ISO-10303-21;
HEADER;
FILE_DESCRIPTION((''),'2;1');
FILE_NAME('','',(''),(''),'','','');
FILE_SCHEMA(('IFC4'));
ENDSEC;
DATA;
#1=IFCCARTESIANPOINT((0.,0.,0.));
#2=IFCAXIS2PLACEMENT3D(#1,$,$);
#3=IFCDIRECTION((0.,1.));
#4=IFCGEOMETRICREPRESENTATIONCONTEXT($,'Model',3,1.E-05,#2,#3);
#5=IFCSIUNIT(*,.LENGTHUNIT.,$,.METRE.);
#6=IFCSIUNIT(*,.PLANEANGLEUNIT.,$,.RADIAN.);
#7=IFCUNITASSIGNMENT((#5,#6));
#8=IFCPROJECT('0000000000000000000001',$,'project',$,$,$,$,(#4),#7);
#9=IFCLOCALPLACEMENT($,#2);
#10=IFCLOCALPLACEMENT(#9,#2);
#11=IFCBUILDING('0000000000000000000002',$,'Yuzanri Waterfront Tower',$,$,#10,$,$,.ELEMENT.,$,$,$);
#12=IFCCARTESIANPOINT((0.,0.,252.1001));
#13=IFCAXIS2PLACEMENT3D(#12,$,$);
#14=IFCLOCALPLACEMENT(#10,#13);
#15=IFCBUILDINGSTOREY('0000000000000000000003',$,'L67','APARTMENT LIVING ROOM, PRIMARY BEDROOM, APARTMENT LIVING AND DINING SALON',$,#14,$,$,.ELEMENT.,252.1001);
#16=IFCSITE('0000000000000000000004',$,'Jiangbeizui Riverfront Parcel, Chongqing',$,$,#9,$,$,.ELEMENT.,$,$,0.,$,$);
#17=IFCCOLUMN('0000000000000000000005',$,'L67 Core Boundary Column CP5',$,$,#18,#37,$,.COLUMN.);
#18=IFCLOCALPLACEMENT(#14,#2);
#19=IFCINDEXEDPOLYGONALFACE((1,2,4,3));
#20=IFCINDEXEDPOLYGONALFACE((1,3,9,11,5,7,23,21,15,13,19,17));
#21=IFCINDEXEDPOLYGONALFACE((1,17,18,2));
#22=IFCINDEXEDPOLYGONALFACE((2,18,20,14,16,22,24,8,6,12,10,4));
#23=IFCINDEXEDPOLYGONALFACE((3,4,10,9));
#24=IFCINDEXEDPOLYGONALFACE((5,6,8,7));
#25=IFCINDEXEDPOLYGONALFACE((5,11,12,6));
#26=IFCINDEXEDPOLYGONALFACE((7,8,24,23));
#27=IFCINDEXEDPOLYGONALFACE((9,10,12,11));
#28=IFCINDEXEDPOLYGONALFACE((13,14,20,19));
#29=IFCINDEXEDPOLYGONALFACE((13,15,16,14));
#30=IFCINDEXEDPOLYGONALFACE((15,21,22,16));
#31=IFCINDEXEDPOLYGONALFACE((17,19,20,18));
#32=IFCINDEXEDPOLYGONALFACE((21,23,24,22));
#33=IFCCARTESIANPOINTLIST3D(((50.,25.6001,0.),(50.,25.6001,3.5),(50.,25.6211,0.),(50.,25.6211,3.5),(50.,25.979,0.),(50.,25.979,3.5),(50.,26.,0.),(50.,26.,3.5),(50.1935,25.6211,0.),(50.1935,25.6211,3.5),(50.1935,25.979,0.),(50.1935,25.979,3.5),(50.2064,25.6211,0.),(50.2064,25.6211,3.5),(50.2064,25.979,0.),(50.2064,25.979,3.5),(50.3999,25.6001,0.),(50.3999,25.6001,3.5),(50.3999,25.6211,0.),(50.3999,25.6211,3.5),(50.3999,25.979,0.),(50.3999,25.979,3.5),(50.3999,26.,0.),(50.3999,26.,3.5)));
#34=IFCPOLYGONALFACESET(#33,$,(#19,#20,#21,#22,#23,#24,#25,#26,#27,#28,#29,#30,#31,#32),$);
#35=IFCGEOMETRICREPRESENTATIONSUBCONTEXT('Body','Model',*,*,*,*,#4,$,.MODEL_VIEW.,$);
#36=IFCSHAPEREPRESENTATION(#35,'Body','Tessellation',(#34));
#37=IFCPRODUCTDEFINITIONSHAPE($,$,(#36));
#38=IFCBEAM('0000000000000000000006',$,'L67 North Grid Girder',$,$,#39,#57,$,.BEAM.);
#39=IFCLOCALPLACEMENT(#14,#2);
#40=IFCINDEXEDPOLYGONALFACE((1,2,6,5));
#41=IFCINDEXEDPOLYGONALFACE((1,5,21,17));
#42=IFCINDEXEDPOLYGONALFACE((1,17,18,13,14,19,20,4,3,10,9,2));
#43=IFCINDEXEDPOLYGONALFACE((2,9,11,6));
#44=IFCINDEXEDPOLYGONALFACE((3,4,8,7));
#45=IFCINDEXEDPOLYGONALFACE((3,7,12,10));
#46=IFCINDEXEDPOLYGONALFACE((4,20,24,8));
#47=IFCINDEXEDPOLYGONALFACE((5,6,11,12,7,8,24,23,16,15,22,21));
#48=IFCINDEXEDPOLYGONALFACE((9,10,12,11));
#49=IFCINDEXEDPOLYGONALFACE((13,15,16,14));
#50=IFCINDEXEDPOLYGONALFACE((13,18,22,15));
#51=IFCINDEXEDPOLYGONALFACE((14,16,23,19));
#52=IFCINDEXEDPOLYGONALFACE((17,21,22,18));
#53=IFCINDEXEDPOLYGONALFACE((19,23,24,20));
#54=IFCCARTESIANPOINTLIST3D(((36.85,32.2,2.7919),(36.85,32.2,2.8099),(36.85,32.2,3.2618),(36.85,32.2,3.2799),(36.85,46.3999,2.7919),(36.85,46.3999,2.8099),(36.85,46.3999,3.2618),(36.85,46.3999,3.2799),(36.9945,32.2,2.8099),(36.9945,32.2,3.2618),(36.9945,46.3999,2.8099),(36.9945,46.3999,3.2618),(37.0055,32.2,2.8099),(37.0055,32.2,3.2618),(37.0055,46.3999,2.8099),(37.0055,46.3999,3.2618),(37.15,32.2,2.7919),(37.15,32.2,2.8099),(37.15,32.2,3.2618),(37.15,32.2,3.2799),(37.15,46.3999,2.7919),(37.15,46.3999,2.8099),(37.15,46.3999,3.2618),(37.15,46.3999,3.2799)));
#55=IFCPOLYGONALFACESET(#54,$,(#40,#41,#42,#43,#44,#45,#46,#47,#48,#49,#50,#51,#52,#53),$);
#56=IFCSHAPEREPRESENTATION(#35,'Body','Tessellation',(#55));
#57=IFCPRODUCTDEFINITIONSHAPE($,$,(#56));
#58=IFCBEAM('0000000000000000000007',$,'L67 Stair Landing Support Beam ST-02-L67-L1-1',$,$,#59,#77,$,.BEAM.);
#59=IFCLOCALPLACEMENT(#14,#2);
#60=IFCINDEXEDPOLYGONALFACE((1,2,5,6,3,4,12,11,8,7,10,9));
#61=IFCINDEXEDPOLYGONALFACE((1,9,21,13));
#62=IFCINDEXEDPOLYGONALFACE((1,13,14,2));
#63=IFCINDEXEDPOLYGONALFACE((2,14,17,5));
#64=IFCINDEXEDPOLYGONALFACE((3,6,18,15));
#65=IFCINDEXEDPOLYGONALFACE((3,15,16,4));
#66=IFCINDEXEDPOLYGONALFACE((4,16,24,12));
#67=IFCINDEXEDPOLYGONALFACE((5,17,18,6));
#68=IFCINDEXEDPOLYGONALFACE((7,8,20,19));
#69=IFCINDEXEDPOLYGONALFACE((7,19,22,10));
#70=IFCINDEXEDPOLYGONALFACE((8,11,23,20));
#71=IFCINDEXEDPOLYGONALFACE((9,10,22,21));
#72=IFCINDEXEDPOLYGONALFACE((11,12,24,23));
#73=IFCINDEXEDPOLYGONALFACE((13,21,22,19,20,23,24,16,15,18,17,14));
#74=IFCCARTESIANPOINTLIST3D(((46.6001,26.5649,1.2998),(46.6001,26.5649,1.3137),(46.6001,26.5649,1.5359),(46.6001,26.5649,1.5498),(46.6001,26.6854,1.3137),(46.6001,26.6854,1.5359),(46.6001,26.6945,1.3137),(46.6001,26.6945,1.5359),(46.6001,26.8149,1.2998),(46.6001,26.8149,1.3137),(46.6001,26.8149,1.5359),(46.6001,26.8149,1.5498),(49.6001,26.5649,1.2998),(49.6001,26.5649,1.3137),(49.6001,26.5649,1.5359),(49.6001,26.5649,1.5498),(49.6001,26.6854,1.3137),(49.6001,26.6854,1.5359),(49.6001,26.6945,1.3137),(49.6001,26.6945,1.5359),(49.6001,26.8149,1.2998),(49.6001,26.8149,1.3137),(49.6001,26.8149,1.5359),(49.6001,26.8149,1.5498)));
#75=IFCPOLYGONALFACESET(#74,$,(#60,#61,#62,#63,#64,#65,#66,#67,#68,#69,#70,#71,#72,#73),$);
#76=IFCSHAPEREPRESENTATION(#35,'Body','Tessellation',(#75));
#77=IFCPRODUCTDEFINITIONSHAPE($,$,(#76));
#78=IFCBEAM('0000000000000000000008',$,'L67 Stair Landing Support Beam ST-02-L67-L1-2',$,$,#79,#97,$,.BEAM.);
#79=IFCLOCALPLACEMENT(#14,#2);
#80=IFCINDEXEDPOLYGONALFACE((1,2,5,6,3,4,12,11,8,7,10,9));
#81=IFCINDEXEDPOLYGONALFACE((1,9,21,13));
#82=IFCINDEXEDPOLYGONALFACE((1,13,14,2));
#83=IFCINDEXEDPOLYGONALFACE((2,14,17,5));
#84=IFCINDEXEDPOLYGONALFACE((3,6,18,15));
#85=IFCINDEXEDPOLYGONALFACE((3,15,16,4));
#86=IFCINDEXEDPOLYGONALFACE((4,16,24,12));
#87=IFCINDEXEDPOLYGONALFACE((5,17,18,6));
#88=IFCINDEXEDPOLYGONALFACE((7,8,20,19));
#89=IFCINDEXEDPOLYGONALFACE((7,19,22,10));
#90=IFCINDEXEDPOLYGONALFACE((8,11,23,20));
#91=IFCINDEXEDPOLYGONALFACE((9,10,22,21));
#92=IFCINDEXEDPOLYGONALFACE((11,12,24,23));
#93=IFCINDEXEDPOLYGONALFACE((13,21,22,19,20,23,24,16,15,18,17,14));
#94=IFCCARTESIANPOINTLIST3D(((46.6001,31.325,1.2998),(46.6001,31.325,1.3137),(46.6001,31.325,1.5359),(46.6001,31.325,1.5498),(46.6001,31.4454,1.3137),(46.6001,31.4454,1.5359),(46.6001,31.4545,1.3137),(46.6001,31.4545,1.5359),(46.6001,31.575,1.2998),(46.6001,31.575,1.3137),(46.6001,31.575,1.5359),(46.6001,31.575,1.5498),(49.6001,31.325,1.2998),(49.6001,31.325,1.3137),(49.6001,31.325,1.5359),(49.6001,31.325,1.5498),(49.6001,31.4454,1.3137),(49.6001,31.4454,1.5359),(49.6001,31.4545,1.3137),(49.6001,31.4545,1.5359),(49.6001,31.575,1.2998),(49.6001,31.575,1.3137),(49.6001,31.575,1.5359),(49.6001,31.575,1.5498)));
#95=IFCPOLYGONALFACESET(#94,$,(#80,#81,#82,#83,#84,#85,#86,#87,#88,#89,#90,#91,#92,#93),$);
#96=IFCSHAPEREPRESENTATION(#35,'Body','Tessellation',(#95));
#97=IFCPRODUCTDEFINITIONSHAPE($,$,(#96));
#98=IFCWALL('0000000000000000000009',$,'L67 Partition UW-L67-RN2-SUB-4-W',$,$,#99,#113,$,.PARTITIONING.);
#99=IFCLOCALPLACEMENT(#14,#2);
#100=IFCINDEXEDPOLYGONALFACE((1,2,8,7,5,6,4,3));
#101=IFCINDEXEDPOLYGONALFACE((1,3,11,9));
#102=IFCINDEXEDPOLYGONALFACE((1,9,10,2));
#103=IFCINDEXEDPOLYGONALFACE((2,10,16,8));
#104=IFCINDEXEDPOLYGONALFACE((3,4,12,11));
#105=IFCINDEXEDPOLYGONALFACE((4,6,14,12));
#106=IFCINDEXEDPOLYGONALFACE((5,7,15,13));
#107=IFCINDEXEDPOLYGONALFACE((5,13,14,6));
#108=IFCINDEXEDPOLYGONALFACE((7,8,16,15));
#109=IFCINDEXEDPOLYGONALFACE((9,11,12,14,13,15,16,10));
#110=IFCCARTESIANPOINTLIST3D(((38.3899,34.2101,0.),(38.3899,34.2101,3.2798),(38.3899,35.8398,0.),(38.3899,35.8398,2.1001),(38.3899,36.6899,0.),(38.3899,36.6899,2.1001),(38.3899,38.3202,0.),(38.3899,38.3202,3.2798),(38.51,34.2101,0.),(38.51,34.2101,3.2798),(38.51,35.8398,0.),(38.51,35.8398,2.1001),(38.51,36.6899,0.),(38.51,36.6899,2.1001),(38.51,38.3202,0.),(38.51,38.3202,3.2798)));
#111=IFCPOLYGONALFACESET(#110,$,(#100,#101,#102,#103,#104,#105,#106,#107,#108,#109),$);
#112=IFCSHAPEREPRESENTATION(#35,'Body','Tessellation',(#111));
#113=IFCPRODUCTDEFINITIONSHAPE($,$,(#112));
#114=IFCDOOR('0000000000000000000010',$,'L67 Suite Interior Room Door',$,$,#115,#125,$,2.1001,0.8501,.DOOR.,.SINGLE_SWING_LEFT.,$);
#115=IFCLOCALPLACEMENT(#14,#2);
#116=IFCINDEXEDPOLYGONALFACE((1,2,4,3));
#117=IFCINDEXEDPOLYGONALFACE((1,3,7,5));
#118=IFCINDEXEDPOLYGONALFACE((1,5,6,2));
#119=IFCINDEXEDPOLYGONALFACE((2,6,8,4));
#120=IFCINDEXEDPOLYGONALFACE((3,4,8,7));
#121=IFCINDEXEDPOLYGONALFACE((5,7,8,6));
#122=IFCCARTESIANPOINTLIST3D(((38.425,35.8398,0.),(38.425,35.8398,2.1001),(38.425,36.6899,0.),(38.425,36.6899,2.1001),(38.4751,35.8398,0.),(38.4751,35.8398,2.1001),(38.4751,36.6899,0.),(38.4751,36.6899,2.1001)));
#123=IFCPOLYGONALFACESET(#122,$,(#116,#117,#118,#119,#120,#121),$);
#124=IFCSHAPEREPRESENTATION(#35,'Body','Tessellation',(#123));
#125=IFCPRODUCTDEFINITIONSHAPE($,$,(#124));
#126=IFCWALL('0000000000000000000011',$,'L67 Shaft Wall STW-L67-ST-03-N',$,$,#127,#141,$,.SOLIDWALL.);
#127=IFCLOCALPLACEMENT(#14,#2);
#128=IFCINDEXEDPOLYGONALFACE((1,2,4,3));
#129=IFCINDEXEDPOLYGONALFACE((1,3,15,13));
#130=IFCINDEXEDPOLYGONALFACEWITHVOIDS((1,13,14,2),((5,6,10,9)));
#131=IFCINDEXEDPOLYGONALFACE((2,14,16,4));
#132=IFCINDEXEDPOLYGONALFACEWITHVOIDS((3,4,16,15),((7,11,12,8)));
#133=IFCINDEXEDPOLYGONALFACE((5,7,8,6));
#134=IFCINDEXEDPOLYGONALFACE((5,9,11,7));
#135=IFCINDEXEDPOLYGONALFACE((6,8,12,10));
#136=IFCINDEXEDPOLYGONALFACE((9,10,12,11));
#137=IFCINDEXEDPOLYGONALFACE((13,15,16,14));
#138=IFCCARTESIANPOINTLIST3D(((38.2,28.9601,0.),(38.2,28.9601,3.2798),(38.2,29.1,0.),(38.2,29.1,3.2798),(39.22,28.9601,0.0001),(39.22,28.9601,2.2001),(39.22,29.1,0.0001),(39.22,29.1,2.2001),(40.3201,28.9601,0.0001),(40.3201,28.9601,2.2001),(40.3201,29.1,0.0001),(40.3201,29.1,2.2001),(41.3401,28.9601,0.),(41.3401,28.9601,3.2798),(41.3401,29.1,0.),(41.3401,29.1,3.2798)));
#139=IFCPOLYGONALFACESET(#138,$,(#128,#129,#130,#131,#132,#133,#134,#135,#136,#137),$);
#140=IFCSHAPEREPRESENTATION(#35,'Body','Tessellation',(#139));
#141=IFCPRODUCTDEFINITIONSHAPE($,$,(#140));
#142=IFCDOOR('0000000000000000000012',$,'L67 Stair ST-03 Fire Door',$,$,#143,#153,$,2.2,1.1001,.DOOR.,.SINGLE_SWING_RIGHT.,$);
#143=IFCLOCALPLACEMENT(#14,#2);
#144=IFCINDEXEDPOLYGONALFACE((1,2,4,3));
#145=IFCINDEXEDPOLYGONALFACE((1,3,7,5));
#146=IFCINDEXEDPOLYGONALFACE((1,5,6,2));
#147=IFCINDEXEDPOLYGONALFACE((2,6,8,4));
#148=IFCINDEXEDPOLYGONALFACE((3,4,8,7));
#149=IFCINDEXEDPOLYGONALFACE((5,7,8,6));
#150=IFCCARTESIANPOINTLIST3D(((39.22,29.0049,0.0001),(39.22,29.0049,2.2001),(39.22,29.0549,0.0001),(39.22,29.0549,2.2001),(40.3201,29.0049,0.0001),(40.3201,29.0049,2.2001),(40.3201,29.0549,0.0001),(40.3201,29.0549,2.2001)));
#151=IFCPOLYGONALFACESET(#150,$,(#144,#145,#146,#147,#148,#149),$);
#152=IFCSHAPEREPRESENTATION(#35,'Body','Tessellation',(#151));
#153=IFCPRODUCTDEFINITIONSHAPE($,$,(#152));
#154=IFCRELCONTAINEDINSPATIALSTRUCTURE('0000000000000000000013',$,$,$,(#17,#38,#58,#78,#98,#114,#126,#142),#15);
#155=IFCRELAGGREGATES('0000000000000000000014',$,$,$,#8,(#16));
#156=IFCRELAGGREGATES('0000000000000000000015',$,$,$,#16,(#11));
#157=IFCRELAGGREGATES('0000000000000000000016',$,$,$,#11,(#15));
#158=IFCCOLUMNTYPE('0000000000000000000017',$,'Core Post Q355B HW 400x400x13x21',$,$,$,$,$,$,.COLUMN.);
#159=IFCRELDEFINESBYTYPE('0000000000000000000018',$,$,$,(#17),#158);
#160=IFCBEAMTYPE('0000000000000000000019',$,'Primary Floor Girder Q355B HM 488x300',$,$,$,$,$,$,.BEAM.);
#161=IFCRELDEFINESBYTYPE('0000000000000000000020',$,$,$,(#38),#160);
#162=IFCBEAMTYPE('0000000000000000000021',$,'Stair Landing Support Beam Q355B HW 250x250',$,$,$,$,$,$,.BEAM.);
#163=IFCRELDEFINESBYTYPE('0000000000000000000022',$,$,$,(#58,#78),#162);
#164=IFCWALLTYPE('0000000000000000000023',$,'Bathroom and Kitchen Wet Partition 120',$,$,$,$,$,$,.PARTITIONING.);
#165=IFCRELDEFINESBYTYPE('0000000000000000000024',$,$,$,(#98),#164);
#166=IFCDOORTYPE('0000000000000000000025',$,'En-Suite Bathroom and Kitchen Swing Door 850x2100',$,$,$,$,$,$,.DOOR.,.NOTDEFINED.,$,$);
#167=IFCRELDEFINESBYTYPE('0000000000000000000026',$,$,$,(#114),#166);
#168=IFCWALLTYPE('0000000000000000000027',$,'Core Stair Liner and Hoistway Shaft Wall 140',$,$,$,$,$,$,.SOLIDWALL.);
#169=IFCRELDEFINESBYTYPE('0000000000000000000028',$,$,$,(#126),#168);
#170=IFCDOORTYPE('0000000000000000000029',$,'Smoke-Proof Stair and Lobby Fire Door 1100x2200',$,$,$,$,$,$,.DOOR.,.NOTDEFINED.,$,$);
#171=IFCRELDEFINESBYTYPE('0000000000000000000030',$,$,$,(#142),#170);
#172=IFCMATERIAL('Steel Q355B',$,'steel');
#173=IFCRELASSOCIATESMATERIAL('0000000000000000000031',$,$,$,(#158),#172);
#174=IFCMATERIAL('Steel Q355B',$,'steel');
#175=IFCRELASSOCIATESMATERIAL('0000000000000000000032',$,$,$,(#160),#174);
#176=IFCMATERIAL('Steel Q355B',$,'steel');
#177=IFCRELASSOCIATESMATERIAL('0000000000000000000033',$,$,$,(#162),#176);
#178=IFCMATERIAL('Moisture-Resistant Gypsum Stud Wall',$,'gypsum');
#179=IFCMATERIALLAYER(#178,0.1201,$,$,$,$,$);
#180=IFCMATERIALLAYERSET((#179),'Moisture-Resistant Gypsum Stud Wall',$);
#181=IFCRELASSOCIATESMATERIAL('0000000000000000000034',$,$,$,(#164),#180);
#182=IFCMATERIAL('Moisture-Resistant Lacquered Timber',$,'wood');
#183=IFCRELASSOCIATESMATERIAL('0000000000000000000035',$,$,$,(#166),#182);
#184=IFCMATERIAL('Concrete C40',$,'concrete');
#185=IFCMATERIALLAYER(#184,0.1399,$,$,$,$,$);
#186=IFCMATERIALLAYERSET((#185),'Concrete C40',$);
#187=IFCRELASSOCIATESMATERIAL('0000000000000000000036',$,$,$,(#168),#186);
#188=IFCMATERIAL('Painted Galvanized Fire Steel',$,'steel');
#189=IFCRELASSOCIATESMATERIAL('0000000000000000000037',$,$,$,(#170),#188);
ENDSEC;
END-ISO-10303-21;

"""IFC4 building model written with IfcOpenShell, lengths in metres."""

from ifc_helpers import new_model, si_unit, direction, frame, frame_2d, origin, origin_2d, place, context, subcontext, project, spatial, rectangle, i_section, extrude, source, transform, mapped, material, layer, layer_set, material_profile, profile_set, type_object, element, fill, save


model = new_model("IFC4")

# Units and contexts
model_context = context("Model", 3, precision=1e-05, world=origin(), true_north=direction((0.0, 1.0)))
body_context = subcontext(model_context, "Body", "Model", "MODEL_VIEW")
ifc_project = project(units=[si_unit("LENGTHUNIT", "METRE"), si_unit("PLANEANGLEUNIT", "RADIAN")], contexts=[model_context])

# Site, building, storey
site_placement = place(None, origin())
site = spatial("IfcSite", under=ifc_project, at=site_placement, Name="Jiangbeizui Riverfront Parcel, Chongqing", CompositionType="ELEMENT", RefElevation=0.0)
building_placement = place(site_placement, origin())
building = spatial("IfcBuilding", under=site, at=building_placement, Name="Yuzanri Waterfront Tower", CompositionType="ELEMENT")
storey_placement = place(building_placement, frame((0.0, 0.0, 252.1001)))
storey = spatial("IfcBuildingStorey", under=building, at=storey_placement, Name="L67", Description="APARTMENT LIVING ROOM, PRIMARY BEDROOM, APARTMENT LIVING AND DINING SALON", CompositionType="ELEMENT", Elevation=252.1001)

# Column
ifc_material_1 = material(Name="Steel Q355B", Category="steel")
ifc_material_profile_1 = material_profile(ifc_material_1, i_section(OverallWidth=0.3999, OverallDepth=0.3999, WebThickness=0.0129, FlangeThickness=0.021, at=origin_2d()), Name="HW 400x400x13x21")
ifc_profile_set_1 = profile_set([ifc_material_profile_1], Name="Steel Q355B")
column_type = type_object("IfcColumnType", Name="Core Post Q355B HW 400x400x13x21", PredefinedType="COLUMN", material=ifc_profile_set_1)
shared_shape_1 = source(origin(), body_context, "Body", "SweptSolid", [
    extrude(i_section(OverallWidth=0.3999, OverallDepth=0.3999, WebThickness=0.0129, FlangeThickness=0.021, at=origin_2d()), origin(), (0.0, 0.0, 1.0), 3.5),
])
column_placement = place(storey_placement, frame((50.2, 25.8, 0.0), z_axis=(0.0, 0.0, 1.0), x_axis=(1.0, 0.0, 0.0)))
element("IfcColumn", 1, at=column_placement, inside=storey, type_object=column_type, Name="L67 Core Boundary Column CP5", PredefinedType="COLUMN", context=body_context, shape_type="MappedRepresentation", body=[
    mapped(shared_shape_1, transform((0.0, 0.0, 0.0), scale=1.0)),
])

# Beams
ifc_material_2 = material(Name="Steel Q355B", Category="steel")
ifc_material_profile_2 = material_profile(ifc_material_2, i_section(OverallWidth=0.3, OverallDepth=0.488, WebThickness=0.011, FlangeThickness=0.0181, at=origin_2d()), Name="HM 488x300x11x18")
ifc_profile_set_2 = profile_set([ifc_material_profile_2], Name="Steel Q355B")
beam_type_1 = type_object("IfcBeamType", Name="Primary Floor Girder Q355B HM 488x300", PredefinedType="BEAM", material=ifc_profile_set_2)
shared_shape_2 = source(origin(), body_context, "Body", "SweptSolid", [
    extrude(i_section(OverallWidth=0.3, OverallDepth=0.488, WebThickness=0.011, FlangeThickness=0.0181, at=origin_2d()), origin(), (0.0, 0.0, 1.0), 14.2),
])
beam_placement = place(storey_placement, frame((37.0, 32.2, 3.0359), z_axis=(0.0, 1.0, 0.0), x_axis=(-1.0, 0.0, 0.0)))
element("IfcBeam", 2, at=beam_placement, inside=storey, type_object=beam_type_1, Name="L67 North Grid Girder", PredefinedType="BEAM", context=body_context, shape_type="MappedRepresentation", body=[
    mapped(shared_shape_2, transform((0.0, 0.0, 0.0), scale=1.0)),
])
ifc_material_3 = material(Name="Steel Q355B", Category="steel")
ifc_material_profile_3 = material_profile(ifc_material_3, i_section(OverallWidth=0.25, OverallDepth=0.25, WebThickness=0.009, FlangeThickness=0.0139, at=origin_2d()), Name="HW 250x250x9x14")
ifc_profile_set_3 = profile_set([ifc_material_profile_3], Name="Steel Q355B")
beam_type_2 = type_object("IfcBeamType", Name="Stair Landing Support Beam Q355B HW 250x250", PredefinedType="BEAM", material=ifc_profile_set_3)
shared_shape_3 = source(origin(), body_context, "Body", "SweptSolid", [
    extrude(i_section(OverallWidth=0.25, OverallDepth=0.25, WebThickness=0.009, FlangeThickness=0.0139, at=origin_2d()), origin(), (0.0, 0.0, 1.0), 3.0),
])
for number, where, z_axis, x_axis, name in (
    (3, (46.6001, 26.6899, 1.4248), (1.0, 0.0, 0.0), (0.0, 1.0, 0.0), "L67 Stair Landing Support Beam ST-02-L67-L1-1"),
    (4, (46.6001, 31.45, 1.4248), (1.0, 0.0, 0.0), (0.0, 1.0, 0.0), "L67 Stair Landing Support Beam ST-02-L67-L1-2"),
):
    element("IfcBeam", number, at=place(storey_placement, frame(where, z_axis=z_axis, x_axis=x_axis)), inside=storey, type_object=beam_type_2, Name=name, PredefinedType="BEAM", context=body_context, shape_type="MappedRepresentation", body=[
        mapped(shared_shape_3, transform((0.0, 0.0, 0.0), scale=1.0)),
    ])

# Walls, openings, doors
ifc_material_4 = material(Name="Moisture-Resistant Gypsum Stud Wall", Category="gypsum")
ifc_layer_1 = layer(ifc_material_4, 0.1201)
ifc_layer_set_1 = layer_set([ifc_layer_1], Name="Moisture-Resistant Gypsum Stud Wall")
wall_type_1 = type_object("IfcWallType", Name="Bathroom and Kitchen Wet Partition 120", PredefinedType="PARTITIONING", material=ifc_layer_set_1)
wall_1_placement = place(storey_placement, frame((38.45, 34.21, 0.0), z_axis=(0.0, 0.0, 1.0), x_axis=(0.0, 1.0, 0.0)))
wall_1 = element("IfcWall", 5, at=wall_1_placement, inside=storey, type_object=wall_type_1, Name="L67 Partition UW-L67-RN2-SUB-4-W", PredefinedType="PARTITIONING", context=body_context, shape_type="SweptSolid", body=[
    extrude(rectangle(XDim=4.1101, YDim=0.1201, at=frame_2d((2.0552, 0.0))), origin(), (0.0, 0.0, 1.0), 3.2798),
])
opening_1_placement = place(wall_1_placement, frame((1.6299, 0.0, 0.0)))
opening_1 = element("IfcOpeningElement", 6, at=opening_1_placement, cuts=wall_1, PredefinedType="OPENING", context=body_context, shape_type="SweptSolid", body=[
    extrude(rectangle(XDim=0.8501, YDim=2.1001, at=frame_2d((0.425, 1.05))), frame((0.0, 0.075, 0.0), z_axis=(0.0, -1.0, 0.0), x_axis=(1.0, 0.0, 0.0)), (0.0, 0.0, 1.0), 0.1499),
])
ifc_material_5 = material(Name="Moisture-Resistant Lacquered Timber", Category="wood")
door_type_1 = type_object("IfcDoorType", Name="En-Suite Bathroom and Kitchen Swing Door 850x2100", OperationType="NOTDEFINED", PredefinedType="DOOR", material=ifc_material_5)
shared_shape_4 = source(origin(), body_context, "Body", "SweptSolid", [
    extrude(rectangle(XDim=0.8501, YDim=2.1001, at=frame_2d((0.425, 1.05))), frame((0.0, 0.0249, 0.0), z_axis=(0.0, -1.0, 0.0), x_axis=(1.0, 0.0, 0.0)), (0.0, 0.0, 1.0), 0.05),
])
door_1_placement = place(opening_1_placement, origin())
door_1 = element("IfcDoor", 7, at=door_1_placement, inside=storey, type_object=door_type_1, Name="L67 Suite Interior Room Door", OperationType="SINGLE_SWING_LEFT", OverallHeight=2.1001, OverallWidth=0.8501, PredefinedType="DOOR", context=body_context, shape_type="MappedRepresentation", body=[
    mapped(shared_shape_4, transform((0.0, 0.0, 0.0), scale=1.0)),
])
fill(opening_1, door_1)
ifc_material_6 = material(Name="Concrete C40", Category="concrete")
ifc_layer_2 = layer(ifc_material_6, 0.1399)
ifc_layer_set_2 = layer_set([ifc_layer_2], Name="Concrete C40")
wall_type_2 = type_object("IfcWallType", Name="Core Stair Liner and Hoistway Shaft Wall 140", PredefinedType="SOLIDWALL", material=ifc_layer_set_2)
wall_2_placement = place(storey_placement, frame((38.2, 29.03, 0.0), z_axis=(0.0, 0.0, 1.0), x_axis=(1.0, 0.0, 0.0)))
wall_2 = element("IfcWall", 8, at=wall_2_placement, inside=storey, type_object=wall_type_2, Name="L67 Shaft Wall STW-L67-ST-03-N", PredefinedType="SOLIDWALL", context=body_context, shape_type="SweptSolid", body=[
    extrude(rectangle(XDim=3.1401, YDim=0.1399, at=frame_2d((1.5701, 0.0))), origin(), (0.0, 0.0, 1.0), 3.2798),
])
opening_2_placement = place(wall_2_placement, frame((1.02, 0.0, 0.0)))
opening_2 = element("IfcOpeningElement", 9, at=opening_2_placement, cuts=wall_2, PredefinedType="OPENING", context=body_context, shape_type="SweptSolid", body=[
    extrude(rectangle(XDim=1.1001, YDim=2.2, at=frame_2d((0.55, 1.1001))), frame((0.0, 0.085, 0.0), z_axis=(0.0, -1.0, 0.0), x_axis=(1.0, 0.0, 0.0)), (0.0, 0.0, 1.0), 0.1697),
])
ifc_material_7 = material(Name="Painted Galvanized Fire Steel", Category="steel")
door_type_2 = type_object("IfcDoorType", Name="Smoke-Proof Stair and Lobby Fire Door 1100x2200", OperationType="NOTDEFINED", PredefinedType="DOOR", material=ifc_material_7)
shared_shape_5 = source(origin(), body_context, "Body", "SweptSolid", [
    extrude(rectangle(XDim=1.1001, YDim=2.2, at=frame_2d((0.55, 1.1001))), frame((0.0, 0.0249, 0.0), z_axis=(0.0, -1.0, 0.0), x_axis=(1.0, 0.0, 0.0)), (0.0, 0.0, 1.0), 0.05),
])
door_2_placement = place(opening_2_placement, origin())
door_2 = element("IfcDoor", 10, at=door_2_placement, inside=storey, type_object=door_type_2, Name="L67 Stair ST-03 Fire Door", OperationType="SINGLE_SWING_RIGHT", OverallHeight=2.2, OverallWidth=1.1001, PredefinedType="DOOR", context=body_context, shape_type="MappedRepresentation", body=[
    mapped(shared_shape_5, transform((0.0, 0.0, 0.0), scale=1.0)),
])
fill(opening_2, door_2)

save(model, "model.ifc")
